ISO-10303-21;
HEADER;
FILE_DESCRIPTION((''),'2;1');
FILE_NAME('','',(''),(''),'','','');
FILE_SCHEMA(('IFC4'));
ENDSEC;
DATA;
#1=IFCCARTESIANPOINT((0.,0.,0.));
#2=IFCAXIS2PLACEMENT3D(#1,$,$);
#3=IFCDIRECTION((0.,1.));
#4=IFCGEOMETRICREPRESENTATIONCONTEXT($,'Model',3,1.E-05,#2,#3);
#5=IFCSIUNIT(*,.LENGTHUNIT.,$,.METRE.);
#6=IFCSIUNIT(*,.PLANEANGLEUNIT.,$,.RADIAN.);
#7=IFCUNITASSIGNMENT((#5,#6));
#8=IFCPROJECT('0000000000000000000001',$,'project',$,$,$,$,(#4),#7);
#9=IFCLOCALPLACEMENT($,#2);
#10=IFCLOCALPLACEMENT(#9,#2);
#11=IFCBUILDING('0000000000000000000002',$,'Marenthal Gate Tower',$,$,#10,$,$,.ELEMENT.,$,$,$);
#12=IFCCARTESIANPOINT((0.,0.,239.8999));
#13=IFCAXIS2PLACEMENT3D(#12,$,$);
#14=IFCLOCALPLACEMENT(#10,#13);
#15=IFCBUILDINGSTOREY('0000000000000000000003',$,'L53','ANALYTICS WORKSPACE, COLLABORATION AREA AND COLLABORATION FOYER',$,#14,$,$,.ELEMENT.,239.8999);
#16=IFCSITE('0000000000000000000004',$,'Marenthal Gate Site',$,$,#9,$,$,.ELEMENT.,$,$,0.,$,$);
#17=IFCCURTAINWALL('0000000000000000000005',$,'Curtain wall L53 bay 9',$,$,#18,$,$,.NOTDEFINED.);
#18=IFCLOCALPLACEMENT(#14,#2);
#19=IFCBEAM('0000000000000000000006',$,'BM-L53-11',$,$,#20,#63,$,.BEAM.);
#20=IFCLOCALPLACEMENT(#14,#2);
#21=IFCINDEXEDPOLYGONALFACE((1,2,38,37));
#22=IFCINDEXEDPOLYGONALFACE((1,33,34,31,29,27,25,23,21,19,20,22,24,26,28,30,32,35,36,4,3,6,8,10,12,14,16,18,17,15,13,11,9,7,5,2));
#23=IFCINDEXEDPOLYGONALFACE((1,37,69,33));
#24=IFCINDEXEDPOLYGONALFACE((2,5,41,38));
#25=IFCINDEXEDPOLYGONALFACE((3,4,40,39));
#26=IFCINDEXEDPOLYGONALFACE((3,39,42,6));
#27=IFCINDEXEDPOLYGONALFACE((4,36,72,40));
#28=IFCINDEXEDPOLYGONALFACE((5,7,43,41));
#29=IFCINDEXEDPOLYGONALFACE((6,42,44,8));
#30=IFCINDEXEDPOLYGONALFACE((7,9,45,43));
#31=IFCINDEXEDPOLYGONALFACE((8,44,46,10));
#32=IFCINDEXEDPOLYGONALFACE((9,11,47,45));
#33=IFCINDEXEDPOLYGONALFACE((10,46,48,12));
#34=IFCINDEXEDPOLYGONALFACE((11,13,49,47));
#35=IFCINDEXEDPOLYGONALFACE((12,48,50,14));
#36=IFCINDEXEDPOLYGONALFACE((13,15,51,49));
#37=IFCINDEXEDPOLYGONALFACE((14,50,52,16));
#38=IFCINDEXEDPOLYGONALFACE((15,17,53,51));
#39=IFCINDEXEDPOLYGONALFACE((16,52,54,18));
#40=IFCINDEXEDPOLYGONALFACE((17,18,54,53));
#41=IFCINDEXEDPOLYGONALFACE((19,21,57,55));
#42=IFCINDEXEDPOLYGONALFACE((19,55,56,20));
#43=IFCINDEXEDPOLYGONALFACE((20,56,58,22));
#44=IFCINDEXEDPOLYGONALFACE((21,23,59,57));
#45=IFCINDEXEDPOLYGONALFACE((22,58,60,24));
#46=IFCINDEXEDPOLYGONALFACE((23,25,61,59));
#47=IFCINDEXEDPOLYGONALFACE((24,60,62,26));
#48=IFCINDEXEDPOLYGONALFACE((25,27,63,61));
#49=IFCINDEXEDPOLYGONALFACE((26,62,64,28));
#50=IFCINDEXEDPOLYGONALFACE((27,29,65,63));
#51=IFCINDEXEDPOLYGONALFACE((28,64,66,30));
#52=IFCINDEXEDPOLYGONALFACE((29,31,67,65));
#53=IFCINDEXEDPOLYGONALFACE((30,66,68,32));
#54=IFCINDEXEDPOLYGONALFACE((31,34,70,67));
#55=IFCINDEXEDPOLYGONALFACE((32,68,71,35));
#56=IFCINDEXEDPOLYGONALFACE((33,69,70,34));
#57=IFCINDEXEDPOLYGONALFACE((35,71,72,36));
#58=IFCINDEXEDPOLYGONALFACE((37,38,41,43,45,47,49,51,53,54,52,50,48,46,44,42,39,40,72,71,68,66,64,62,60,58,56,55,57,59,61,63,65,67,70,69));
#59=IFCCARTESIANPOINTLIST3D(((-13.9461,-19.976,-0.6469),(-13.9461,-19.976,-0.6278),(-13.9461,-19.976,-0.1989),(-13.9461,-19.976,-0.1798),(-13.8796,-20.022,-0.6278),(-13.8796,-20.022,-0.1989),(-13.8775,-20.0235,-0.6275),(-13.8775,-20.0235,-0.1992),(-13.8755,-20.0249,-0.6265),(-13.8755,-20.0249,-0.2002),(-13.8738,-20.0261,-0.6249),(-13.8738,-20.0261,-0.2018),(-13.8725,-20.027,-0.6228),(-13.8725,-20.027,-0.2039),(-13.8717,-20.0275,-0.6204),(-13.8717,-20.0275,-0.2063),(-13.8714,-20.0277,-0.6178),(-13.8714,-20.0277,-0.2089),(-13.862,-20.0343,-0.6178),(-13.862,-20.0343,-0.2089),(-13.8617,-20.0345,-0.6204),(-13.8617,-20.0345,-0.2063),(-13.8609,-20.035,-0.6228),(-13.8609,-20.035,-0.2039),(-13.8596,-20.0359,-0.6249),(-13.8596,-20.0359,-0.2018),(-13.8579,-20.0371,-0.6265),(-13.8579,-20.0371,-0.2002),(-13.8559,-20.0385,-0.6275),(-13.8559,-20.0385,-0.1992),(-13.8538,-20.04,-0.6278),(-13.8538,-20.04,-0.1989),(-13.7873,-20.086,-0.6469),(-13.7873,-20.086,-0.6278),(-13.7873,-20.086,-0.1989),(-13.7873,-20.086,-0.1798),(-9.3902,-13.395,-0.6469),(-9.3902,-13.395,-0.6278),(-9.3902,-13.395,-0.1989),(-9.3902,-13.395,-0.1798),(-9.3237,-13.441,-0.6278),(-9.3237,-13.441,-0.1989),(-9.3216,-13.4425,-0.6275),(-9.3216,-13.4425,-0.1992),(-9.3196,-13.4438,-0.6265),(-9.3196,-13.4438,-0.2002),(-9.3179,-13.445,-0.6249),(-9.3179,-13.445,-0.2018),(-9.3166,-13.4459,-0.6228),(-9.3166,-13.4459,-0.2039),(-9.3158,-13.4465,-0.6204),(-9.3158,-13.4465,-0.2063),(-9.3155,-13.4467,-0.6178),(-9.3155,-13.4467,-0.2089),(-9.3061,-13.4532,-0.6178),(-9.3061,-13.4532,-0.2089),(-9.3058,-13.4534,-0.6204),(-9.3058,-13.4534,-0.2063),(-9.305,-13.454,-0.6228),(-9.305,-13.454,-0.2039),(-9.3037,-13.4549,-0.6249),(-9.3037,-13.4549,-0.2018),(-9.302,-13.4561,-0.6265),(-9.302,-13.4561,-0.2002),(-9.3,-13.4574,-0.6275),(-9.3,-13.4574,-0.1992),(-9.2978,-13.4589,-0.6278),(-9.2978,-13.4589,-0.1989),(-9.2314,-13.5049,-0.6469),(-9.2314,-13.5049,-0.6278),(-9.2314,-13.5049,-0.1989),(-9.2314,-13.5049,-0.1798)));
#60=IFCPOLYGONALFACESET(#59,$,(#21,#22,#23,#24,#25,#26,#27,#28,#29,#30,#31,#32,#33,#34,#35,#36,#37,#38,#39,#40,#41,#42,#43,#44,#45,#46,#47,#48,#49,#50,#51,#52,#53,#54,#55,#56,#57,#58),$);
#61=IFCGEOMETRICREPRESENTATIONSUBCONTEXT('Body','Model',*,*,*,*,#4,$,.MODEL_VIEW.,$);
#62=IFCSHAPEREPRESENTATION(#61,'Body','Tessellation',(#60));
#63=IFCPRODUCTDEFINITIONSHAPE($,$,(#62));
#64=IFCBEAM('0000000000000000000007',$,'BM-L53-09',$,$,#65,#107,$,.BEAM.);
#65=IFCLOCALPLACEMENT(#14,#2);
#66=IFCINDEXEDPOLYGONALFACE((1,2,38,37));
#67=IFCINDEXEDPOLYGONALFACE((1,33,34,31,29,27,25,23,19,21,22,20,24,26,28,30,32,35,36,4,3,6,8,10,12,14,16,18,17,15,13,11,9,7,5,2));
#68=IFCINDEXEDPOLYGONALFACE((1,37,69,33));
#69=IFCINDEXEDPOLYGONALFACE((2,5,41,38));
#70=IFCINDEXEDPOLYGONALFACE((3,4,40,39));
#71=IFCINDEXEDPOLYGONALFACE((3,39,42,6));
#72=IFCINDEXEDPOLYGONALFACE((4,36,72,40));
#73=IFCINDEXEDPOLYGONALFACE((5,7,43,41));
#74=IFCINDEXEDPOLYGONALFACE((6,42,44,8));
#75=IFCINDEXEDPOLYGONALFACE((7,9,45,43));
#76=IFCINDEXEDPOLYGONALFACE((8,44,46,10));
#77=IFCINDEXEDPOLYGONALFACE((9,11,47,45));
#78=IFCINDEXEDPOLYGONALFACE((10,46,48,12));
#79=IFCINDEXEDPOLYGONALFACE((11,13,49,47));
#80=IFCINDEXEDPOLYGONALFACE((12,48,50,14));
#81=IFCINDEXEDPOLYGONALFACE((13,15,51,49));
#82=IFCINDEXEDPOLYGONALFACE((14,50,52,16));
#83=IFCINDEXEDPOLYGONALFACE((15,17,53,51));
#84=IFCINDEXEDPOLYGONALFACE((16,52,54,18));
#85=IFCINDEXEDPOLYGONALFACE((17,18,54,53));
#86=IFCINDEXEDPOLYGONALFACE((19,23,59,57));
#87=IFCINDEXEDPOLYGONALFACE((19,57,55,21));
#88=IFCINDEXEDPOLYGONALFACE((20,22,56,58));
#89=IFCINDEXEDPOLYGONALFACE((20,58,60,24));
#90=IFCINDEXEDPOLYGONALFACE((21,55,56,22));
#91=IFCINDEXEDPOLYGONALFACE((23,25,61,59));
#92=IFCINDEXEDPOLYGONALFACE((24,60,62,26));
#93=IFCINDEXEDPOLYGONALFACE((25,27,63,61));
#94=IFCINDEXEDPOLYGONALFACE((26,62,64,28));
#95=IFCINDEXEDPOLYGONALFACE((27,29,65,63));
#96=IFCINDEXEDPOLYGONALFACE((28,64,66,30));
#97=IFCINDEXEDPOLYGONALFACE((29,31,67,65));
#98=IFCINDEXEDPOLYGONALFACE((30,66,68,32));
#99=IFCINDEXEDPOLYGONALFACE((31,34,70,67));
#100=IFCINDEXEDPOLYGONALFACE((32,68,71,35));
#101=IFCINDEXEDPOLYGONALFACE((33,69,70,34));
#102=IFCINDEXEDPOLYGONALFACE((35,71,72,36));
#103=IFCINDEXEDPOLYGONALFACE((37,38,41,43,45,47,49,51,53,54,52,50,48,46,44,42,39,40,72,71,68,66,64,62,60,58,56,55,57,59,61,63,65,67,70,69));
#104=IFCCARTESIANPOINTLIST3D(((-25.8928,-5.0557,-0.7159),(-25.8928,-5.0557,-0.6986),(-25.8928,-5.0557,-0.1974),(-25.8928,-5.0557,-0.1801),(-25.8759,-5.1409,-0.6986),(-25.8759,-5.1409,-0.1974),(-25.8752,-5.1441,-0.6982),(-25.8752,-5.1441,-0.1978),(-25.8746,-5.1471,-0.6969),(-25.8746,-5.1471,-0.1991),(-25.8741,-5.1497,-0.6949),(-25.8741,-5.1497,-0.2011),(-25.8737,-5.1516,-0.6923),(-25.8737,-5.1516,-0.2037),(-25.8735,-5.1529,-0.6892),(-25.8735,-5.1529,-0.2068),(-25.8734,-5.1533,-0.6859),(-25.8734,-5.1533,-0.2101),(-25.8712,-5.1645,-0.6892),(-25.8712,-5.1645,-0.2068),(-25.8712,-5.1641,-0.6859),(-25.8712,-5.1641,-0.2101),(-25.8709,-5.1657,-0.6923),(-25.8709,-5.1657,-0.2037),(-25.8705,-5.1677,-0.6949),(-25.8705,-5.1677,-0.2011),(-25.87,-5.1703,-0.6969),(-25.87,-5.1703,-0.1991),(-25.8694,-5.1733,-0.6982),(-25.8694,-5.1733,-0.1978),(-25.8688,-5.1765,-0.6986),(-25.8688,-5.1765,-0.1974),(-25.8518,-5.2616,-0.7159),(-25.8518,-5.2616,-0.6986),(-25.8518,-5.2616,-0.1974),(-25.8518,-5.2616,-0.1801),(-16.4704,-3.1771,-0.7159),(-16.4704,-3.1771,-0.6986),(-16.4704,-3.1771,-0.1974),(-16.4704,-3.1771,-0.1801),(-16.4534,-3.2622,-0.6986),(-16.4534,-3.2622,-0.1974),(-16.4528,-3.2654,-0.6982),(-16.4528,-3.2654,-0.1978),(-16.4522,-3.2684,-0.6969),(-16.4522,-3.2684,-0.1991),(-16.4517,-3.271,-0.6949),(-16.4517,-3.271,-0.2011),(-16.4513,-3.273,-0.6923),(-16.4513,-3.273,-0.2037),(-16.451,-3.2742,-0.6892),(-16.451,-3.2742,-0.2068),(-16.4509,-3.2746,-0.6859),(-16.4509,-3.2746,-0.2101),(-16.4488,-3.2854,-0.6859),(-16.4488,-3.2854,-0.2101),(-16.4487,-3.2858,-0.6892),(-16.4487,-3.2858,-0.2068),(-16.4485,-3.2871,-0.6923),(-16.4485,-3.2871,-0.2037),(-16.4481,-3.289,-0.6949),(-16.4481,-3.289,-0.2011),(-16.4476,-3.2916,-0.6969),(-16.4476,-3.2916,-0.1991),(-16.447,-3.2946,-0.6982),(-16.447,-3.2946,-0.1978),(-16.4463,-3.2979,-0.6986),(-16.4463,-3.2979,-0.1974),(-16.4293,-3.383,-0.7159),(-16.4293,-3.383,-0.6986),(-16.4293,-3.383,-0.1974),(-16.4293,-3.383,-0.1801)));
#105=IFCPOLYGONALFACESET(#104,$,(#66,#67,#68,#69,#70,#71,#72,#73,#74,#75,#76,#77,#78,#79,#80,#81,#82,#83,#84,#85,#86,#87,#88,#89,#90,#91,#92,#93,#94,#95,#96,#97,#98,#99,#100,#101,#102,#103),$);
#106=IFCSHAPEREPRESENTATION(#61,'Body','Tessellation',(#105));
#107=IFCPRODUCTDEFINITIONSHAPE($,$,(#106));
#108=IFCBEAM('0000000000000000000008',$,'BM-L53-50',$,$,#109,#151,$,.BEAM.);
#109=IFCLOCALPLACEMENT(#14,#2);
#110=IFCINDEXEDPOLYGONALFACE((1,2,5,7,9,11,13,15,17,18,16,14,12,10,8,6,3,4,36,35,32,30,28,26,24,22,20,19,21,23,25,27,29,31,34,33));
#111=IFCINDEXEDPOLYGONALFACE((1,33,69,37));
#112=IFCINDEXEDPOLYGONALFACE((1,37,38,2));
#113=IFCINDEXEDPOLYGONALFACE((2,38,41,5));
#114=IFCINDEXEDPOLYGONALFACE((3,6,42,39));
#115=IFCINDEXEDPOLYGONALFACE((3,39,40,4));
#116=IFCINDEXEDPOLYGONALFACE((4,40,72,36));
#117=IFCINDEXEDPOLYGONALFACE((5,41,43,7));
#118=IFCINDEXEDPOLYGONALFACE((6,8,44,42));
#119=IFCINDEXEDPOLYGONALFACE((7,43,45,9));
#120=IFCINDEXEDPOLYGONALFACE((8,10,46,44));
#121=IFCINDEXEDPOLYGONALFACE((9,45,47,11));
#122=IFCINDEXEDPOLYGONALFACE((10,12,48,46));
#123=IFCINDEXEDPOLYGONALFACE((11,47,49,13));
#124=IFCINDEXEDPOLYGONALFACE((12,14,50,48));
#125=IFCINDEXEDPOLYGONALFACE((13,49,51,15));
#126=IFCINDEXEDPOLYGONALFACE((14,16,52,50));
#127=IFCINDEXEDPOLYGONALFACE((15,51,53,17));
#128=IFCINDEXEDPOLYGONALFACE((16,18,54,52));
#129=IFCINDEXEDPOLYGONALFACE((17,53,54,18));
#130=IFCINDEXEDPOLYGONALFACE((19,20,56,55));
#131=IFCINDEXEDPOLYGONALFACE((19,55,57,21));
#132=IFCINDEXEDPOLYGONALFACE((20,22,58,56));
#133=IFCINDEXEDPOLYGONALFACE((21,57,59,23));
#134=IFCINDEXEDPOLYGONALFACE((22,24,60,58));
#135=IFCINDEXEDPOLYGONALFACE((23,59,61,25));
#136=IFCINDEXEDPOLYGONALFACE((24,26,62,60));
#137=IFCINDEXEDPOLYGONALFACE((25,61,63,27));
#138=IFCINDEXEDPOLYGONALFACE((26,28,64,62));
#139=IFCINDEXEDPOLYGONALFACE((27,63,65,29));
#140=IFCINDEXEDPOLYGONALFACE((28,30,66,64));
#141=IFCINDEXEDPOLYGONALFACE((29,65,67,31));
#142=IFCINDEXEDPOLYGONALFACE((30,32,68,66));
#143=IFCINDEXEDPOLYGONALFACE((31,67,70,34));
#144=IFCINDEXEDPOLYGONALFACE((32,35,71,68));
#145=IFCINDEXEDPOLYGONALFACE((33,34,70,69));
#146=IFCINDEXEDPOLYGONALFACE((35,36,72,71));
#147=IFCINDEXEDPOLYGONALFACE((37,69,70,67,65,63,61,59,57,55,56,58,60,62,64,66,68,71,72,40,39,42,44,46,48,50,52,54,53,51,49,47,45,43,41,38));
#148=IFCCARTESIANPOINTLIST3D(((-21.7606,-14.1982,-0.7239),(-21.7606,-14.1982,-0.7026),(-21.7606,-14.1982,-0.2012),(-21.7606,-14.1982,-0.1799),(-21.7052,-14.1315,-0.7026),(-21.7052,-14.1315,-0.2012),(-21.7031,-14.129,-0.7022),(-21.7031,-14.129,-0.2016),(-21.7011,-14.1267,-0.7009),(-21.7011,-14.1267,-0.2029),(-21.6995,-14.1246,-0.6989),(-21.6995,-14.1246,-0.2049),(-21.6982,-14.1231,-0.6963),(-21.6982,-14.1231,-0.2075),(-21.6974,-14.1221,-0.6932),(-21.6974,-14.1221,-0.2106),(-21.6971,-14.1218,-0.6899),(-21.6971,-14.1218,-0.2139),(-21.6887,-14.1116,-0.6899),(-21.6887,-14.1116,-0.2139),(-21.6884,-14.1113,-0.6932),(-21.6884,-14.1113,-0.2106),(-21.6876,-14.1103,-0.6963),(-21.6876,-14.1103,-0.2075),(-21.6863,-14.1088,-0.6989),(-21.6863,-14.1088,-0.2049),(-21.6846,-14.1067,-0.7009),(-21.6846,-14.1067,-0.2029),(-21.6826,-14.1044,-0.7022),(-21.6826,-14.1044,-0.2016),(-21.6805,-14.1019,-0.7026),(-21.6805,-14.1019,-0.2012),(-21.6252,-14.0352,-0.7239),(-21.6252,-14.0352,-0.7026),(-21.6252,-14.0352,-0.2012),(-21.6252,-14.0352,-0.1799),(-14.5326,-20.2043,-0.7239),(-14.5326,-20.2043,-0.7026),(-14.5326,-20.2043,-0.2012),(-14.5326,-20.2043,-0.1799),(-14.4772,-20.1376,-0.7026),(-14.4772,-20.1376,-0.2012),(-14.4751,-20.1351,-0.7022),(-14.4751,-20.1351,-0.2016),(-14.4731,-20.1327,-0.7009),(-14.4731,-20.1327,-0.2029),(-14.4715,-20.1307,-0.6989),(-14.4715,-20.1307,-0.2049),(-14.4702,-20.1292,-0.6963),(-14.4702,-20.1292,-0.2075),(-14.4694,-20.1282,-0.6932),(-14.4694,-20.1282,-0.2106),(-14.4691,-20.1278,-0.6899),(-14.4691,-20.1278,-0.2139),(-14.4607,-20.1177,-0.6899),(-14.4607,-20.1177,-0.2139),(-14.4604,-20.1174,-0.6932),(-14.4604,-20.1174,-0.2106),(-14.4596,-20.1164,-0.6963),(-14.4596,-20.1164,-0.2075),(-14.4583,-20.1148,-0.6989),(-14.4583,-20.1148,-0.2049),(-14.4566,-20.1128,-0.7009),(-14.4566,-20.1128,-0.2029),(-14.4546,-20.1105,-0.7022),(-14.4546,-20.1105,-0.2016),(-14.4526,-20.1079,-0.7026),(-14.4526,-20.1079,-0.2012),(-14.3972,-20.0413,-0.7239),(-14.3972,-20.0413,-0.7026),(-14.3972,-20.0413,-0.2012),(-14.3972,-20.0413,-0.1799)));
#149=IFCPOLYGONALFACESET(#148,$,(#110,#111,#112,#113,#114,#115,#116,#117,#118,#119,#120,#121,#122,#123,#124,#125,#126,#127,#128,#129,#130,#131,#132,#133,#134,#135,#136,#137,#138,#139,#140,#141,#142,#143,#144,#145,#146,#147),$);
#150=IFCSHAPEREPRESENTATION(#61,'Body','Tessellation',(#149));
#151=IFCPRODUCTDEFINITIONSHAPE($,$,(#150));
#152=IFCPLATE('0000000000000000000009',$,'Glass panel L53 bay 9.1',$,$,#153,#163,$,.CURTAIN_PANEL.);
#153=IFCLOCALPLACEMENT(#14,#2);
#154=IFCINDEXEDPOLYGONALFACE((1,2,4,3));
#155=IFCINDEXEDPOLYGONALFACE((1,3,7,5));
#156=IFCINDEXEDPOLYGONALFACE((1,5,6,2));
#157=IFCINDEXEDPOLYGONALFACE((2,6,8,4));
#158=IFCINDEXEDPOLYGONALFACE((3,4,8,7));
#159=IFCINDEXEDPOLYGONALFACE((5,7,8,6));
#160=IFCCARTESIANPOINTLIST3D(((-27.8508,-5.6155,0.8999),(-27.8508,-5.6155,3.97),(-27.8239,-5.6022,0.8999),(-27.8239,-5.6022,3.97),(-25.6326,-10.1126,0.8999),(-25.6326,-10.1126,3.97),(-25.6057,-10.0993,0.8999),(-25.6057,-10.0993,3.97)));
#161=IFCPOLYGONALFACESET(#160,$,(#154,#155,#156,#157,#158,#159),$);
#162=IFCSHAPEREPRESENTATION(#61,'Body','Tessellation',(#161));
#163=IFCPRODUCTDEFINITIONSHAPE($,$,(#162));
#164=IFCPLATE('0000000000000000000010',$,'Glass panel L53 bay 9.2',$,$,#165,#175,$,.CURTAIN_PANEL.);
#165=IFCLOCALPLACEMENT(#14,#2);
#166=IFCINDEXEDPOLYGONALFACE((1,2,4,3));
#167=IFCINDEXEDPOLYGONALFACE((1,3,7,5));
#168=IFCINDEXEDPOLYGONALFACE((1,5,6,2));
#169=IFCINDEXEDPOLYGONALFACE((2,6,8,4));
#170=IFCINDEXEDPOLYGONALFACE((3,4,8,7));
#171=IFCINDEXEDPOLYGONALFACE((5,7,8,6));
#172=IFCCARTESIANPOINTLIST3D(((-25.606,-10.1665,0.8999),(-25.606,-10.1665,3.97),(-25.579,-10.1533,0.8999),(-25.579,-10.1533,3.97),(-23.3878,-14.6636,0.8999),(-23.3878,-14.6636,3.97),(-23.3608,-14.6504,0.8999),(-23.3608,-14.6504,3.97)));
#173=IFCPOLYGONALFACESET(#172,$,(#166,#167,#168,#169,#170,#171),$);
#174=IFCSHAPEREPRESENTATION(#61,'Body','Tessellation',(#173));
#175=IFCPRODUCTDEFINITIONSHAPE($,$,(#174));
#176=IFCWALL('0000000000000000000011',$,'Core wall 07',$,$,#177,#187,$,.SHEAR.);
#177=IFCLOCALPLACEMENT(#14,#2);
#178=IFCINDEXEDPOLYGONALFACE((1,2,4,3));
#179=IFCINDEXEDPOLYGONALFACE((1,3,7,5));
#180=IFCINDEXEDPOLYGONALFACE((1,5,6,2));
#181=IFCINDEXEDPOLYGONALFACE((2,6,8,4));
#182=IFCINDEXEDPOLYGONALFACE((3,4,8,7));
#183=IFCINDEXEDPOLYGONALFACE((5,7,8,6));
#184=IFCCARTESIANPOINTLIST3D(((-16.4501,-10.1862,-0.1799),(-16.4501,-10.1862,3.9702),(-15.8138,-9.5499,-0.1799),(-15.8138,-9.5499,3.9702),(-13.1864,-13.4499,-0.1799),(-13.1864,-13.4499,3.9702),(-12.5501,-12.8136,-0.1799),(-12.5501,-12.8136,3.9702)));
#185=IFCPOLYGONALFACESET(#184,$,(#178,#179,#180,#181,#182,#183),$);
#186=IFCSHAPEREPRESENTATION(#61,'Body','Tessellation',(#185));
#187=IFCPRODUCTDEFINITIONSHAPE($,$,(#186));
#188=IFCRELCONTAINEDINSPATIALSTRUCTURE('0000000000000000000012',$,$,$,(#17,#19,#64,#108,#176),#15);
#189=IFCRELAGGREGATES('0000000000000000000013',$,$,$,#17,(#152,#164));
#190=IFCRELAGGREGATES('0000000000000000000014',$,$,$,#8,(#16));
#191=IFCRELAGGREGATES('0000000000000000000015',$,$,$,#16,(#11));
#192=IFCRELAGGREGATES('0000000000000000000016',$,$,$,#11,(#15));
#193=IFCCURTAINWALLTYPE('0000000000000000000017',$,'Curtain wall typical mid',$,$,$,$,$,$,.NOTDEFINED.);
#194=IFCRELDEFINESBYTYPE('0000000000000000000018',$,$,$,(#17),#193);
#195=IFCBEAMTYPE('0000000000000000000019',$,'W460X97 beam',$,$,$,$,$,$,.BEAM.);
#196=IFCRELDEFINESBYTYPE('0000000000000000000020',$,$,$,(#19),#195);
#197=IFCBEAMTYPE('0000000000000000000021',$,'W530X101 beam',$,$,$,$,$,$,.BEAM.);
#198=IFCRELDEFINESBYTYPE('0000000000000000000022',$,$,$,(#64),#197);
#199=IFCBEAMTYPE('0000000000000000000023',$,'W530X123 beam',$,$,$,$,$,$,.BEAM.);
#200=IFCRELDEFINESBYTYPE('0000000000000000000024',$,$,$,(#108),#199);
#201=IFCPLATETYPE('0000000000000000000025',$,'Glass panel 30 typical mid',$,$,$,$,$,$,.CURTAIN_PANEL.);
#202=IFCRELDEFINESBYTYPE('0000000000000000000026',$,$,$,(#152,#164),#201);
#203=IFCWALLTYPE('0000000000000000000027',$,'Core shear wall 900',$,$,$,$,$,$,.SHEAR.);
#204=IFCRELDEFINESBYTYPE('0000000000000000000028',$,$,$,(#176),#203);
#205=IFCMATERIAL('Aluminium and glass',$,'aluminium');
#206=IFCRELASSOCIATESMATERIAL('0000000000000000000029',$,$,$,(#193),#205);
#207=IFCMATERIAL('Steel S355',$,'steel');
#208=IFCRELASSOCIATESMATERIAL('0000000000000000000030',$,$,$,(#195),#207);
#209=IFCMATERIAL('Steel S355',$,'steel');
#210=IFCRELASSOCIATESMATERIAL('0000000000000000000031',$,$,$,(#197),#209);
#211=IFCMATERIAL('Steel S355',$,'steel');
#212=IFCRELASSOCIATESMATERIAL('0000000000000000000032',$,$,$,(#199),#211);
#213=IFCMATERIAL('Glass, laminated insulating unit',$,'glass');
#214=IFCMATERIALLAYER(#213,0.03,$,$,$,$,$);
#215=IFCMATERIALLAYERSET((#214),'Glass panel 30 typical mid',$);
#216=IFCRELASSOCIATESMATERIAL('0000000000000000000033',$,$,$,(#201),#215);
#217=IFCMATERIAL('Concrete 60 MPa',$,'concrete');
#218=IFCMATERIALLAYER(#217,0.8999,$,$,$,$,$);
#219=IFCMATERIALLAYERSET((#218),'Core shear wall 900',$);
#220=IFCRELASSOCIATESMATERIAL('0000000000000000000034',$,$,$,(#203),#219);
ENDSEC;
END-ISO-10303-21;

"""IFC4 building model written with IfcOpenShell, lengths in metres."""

from ifc_helpers import new_model, si_unit, direction, frame, frame_2d, origin, origin_2d, place, context, subcontext, project, spatial, rectangle, i_section, extrude, material, layer, layer_set, material_profile, profile_set, type_object, element, aggregate, save


model = new_model("IFC4")

# Units and contexts
model_context = context("Model", 3, precision=1e-05, world=origin(), true_north=direction((0.0, 1.0)))
body_context = subcontext(model_context, "Body", "Model", "MODEL_VIEW")
ifc_project = project(units=[si_unit("LENGTHUNIT", "METRE"), si_unit("PLANEANGLEUNIT", "RADIAN")], contexts=[model_context])

# Site, building, storey
site_placement = place(None, origin())
site = spatial("IfcSite", under=ifc_project, at=site_placement, Name="Marenthal Gate Site", CompositionType="ELEMENT", RefElevation=0.0)
building_placement = place(site_placement, origin())
building = spatial("IfcBuilding", under=site, at=building_placement, Name="Marenthal Gate Tower", CompositionType="ELEMENT")
storey_placement = place(building_placement, frame((0.0, 0.0, 239.8999)))
storey = spatial("IfcBuildingStorey", under=building, at=storey_placement, Name="L53", Description="ANALYTICS WORKSPACE, COLLABORATION AREA AND COLLABORATION FOYER", CompositionType="ELEMENT", Elevation=239.8999)

# Curtain wall
ifc_material_1 = material(Name="Aluminium and glass", Category="aluminium")
curtain_wall_type = type_object("IfcCurtainWallType", Name="Curtain wall typical mid", PredefinedType="NOTDEFINED", material=ifc_material_1)
curtain_wall_1_placement = place(storey_placement, origin())
curtain_wall_1 = element("IfcCurtainWall", 1, at=curtain_wall_1_placement, inside=storey, type_object=curtain_wall_type, Name="Curtain wall L53 bay 9", PredefinedType="NOTDEFINED")

# Beams
ifc_material_2 = material(Name="Steel S355", Category="steel")
ifc_material_profile_1 = material_profile(ifc_material_2, i_section(OverallWidth=0.1931, OverallDepth=0.467, WebThickness=0.0115, FlangeThickness=0.019, FilletRadius=0.01, at=origin_2d()), Name="W460X97")
ifc_profile_set_1 = profile_set([ifc_material_profile_1], Name="Steel S355")
beam_type_1 = type_object("IfcBeamType", Name="W460X97 beam", PredefinedType="BEAM", material=ifc_profile_set_1)
beam_1_placement = place(storey_placement, frame((-13.8667, -20.031, -0.4133), z_axis=(0.569193, 0.822204, 0.0), x_axis=(-0.822204, 0.569193, 0.0)))
element("IfcBeam", 2, at=beam_1_placement, inside=storey, type_object=beam_type_1, Name="BM-L53-11", PredefinedType="BEAM", context=body_context, shape_type="SweptSolid", body=[
    extrude(i_section(OverallWidth=0.1931, OverallDepth=0.467, WebThickness=0.0115, FlangeThickness=0.019, FilletRadius=0.01, at=origin_2d()), origin(), (0.0, 0.0, 1.0), 8.0042),
])
ifc_material_3 = material(Name="Steel S355", Category="steel")
ifc_material_profile_2 = material_profile(ifc_material_3, i_section(OverallWidth=0.21, OverallDepth=0.5359, WebThickness=0.011, FlangeThickness=0.0173, FilletRadius=0.0127, at=origin_2d()), Name="W530X101")
ifc_profile_set_2 = profile_set([ifc_material_profile_2], Name="Steel S355")
beam_type_2 = type_object("IfcBeamType", Name="W530X101 beam", PredefinedType="BEAM", material=ifc_profile_set_2)
beam_2_placement = place(storey_placement, frame((-25.8723, -5.1587, -0.448), z_axis=(0.980697, 0.195535, 0.0), x_axis=(-0.195535, 0.980697, 0.0)))
element("IfcBeam", 3, at=beam_2_placement, inside=storey, type_object=beam_type_2, Name="BM-L53-09", PredefinedType="BEAM", context=body_context, shape_type="SweptSolid", body=[
    extrude(i_section(OverallWidth=0.21, OverallDepth=0.5359, WebThickness=0.011, FlangeThickness=0.0173, FilletRadius=0.0127, at=origin_2d()), origin(), (0.0, 0.0, 1.0), 9.6079),
])
ifc_material_4 = material(Name="Steel S355", Category="steel")
ifc_material_profile_3 = material_profile(ifc_material_4, i_section(OverallWidth=0.2119, OverallDepth=0.5439, WebThickness=0.0132, FlangeThickness=0.0212, FilletRadius=0.0127, at=origin_2d()), Name="W530X123")
ifc_profile_set_3 = profile_set([ifc_material_profile_3], Name="Steel S355")
beam_type_3 = type_object("IfcBeamType", Name="W530X123 beam", PredefinedType="BEAM", material=ifc_profile_set_3)
beam_3_placement = place(storey_placement, frame((-21.6929, -14.1167, -0.4519), z_axis=(0.769123, -0.6391, 0.0), x_axis=(0.6391, 0.769123, 0.0)))
element("IfcBeam", 4, at=beam_3_placement, inside=storey, type_object=beam_type_3, Name="BM-L53-50", PredefinedType="BEAM", context=body_context, shape_type="SweptSolid", body=[
    extrude(i_section(OverallWidth=0.2119, OverallDepth=0.5439, WebThickness=0.0132, FlangeThickness=0.0212, FilletRadius=0.0127, at=origin_2d()), origin(), (0.0, 0.0, 1.0), 9.3977),
])

# Plates
ifc_material_5 = material(Name="Glass, laminated insulating unit", Category="glass")
ifc_layer_1 = layer(ifc_material_5, 0.03)
ifc_layer_set_1 = layer_set([ifc_layer_1], Name="Glass panel 30 typical mid")
plate_type = type_object("IfcPlateType", Name="Glass panel 30 typical mid", PredefinedType="CURTAIN_PANEL", material=ifc_layer_set_1)
plate_1_placement = place(storey_placement, frame((-26.7283, -7.8574, 0.8999), z_axis=(0.0, 0.0, 1.0), x_axis=(0.442364, -0.896835, 0.0)))
plate_1 = element("IfcPlate", 5, at=plate_1_placement, type_object=plate_type, Name="Glass panel L53 bay 9.1", PredefinedType="CURTAIN_PANEL", context=body_context, shape_type="SweptSolid", body=[
    extrude(rectangle(XDim=5.0144, YDim=0.03, at=origin_2d()), origin(), (0.0, 0.0, 1.0), 3.0701),
])
plate_2_placement = place(storey_placement, frame((-24.4834, -12.4084, 0.8999), z_axis=(0.0, 0.0, 1.0), x_axis=(0.442364, -0.896835, 0.0)))
plate_2 = element("IfcPlate", 6, at=plate_2_placement, type_object=plate_type, Name="Glass panel L53 bay 9.2", PredefinedType="CURTAIN_PANEL", context=body_context, shape_type="SweptSolid", body=[
    extrude(rectangle(XDim=5.0144, YDim=0.03, at=origin_2d()), origin(), (0.0, 0.0, 1.0), 3.0701),
])
aggregate(curtain_wall_1, [plate_1, plate_2])

# Wall
ifc_material_6 = material(Name="Concrete 60 MPa", Category="concrete")
ifc_layer_2 = layer(ifc_material_6, 0.8999)
ifc_layer_set_2 = layer_set([ifc_layer_2], Name="Core shear wall 900")
wall_type_1 = type_object("IfcWallType", Name="Core shear wall 900", PredefinedType="SHEAR", material=ifc_layer_set_2)
wall_1_placement = place(storey_placement, frame((-16.1318, -9.8682, -0.1799), z_axis=(0.0, 0.0, 1.0), x_axis=(0.707107, -0.707107, 0.0)))
element("IfcWall", 7, at=wall_1_placement, inside=storey, type_object=wall_type_1, Name="Core wall 07", PredefinedType="SHEAR", context=body_context, shape_type="SweptSolid", body=[
    extrude(rectangle(XDim=4.6155, YDim=0.8999, at=frame_2d((2.3076, 0.0))), origin(), (0.0, 0.0, 1.0), 4.1501),
])

save(model, "model.ifc")
